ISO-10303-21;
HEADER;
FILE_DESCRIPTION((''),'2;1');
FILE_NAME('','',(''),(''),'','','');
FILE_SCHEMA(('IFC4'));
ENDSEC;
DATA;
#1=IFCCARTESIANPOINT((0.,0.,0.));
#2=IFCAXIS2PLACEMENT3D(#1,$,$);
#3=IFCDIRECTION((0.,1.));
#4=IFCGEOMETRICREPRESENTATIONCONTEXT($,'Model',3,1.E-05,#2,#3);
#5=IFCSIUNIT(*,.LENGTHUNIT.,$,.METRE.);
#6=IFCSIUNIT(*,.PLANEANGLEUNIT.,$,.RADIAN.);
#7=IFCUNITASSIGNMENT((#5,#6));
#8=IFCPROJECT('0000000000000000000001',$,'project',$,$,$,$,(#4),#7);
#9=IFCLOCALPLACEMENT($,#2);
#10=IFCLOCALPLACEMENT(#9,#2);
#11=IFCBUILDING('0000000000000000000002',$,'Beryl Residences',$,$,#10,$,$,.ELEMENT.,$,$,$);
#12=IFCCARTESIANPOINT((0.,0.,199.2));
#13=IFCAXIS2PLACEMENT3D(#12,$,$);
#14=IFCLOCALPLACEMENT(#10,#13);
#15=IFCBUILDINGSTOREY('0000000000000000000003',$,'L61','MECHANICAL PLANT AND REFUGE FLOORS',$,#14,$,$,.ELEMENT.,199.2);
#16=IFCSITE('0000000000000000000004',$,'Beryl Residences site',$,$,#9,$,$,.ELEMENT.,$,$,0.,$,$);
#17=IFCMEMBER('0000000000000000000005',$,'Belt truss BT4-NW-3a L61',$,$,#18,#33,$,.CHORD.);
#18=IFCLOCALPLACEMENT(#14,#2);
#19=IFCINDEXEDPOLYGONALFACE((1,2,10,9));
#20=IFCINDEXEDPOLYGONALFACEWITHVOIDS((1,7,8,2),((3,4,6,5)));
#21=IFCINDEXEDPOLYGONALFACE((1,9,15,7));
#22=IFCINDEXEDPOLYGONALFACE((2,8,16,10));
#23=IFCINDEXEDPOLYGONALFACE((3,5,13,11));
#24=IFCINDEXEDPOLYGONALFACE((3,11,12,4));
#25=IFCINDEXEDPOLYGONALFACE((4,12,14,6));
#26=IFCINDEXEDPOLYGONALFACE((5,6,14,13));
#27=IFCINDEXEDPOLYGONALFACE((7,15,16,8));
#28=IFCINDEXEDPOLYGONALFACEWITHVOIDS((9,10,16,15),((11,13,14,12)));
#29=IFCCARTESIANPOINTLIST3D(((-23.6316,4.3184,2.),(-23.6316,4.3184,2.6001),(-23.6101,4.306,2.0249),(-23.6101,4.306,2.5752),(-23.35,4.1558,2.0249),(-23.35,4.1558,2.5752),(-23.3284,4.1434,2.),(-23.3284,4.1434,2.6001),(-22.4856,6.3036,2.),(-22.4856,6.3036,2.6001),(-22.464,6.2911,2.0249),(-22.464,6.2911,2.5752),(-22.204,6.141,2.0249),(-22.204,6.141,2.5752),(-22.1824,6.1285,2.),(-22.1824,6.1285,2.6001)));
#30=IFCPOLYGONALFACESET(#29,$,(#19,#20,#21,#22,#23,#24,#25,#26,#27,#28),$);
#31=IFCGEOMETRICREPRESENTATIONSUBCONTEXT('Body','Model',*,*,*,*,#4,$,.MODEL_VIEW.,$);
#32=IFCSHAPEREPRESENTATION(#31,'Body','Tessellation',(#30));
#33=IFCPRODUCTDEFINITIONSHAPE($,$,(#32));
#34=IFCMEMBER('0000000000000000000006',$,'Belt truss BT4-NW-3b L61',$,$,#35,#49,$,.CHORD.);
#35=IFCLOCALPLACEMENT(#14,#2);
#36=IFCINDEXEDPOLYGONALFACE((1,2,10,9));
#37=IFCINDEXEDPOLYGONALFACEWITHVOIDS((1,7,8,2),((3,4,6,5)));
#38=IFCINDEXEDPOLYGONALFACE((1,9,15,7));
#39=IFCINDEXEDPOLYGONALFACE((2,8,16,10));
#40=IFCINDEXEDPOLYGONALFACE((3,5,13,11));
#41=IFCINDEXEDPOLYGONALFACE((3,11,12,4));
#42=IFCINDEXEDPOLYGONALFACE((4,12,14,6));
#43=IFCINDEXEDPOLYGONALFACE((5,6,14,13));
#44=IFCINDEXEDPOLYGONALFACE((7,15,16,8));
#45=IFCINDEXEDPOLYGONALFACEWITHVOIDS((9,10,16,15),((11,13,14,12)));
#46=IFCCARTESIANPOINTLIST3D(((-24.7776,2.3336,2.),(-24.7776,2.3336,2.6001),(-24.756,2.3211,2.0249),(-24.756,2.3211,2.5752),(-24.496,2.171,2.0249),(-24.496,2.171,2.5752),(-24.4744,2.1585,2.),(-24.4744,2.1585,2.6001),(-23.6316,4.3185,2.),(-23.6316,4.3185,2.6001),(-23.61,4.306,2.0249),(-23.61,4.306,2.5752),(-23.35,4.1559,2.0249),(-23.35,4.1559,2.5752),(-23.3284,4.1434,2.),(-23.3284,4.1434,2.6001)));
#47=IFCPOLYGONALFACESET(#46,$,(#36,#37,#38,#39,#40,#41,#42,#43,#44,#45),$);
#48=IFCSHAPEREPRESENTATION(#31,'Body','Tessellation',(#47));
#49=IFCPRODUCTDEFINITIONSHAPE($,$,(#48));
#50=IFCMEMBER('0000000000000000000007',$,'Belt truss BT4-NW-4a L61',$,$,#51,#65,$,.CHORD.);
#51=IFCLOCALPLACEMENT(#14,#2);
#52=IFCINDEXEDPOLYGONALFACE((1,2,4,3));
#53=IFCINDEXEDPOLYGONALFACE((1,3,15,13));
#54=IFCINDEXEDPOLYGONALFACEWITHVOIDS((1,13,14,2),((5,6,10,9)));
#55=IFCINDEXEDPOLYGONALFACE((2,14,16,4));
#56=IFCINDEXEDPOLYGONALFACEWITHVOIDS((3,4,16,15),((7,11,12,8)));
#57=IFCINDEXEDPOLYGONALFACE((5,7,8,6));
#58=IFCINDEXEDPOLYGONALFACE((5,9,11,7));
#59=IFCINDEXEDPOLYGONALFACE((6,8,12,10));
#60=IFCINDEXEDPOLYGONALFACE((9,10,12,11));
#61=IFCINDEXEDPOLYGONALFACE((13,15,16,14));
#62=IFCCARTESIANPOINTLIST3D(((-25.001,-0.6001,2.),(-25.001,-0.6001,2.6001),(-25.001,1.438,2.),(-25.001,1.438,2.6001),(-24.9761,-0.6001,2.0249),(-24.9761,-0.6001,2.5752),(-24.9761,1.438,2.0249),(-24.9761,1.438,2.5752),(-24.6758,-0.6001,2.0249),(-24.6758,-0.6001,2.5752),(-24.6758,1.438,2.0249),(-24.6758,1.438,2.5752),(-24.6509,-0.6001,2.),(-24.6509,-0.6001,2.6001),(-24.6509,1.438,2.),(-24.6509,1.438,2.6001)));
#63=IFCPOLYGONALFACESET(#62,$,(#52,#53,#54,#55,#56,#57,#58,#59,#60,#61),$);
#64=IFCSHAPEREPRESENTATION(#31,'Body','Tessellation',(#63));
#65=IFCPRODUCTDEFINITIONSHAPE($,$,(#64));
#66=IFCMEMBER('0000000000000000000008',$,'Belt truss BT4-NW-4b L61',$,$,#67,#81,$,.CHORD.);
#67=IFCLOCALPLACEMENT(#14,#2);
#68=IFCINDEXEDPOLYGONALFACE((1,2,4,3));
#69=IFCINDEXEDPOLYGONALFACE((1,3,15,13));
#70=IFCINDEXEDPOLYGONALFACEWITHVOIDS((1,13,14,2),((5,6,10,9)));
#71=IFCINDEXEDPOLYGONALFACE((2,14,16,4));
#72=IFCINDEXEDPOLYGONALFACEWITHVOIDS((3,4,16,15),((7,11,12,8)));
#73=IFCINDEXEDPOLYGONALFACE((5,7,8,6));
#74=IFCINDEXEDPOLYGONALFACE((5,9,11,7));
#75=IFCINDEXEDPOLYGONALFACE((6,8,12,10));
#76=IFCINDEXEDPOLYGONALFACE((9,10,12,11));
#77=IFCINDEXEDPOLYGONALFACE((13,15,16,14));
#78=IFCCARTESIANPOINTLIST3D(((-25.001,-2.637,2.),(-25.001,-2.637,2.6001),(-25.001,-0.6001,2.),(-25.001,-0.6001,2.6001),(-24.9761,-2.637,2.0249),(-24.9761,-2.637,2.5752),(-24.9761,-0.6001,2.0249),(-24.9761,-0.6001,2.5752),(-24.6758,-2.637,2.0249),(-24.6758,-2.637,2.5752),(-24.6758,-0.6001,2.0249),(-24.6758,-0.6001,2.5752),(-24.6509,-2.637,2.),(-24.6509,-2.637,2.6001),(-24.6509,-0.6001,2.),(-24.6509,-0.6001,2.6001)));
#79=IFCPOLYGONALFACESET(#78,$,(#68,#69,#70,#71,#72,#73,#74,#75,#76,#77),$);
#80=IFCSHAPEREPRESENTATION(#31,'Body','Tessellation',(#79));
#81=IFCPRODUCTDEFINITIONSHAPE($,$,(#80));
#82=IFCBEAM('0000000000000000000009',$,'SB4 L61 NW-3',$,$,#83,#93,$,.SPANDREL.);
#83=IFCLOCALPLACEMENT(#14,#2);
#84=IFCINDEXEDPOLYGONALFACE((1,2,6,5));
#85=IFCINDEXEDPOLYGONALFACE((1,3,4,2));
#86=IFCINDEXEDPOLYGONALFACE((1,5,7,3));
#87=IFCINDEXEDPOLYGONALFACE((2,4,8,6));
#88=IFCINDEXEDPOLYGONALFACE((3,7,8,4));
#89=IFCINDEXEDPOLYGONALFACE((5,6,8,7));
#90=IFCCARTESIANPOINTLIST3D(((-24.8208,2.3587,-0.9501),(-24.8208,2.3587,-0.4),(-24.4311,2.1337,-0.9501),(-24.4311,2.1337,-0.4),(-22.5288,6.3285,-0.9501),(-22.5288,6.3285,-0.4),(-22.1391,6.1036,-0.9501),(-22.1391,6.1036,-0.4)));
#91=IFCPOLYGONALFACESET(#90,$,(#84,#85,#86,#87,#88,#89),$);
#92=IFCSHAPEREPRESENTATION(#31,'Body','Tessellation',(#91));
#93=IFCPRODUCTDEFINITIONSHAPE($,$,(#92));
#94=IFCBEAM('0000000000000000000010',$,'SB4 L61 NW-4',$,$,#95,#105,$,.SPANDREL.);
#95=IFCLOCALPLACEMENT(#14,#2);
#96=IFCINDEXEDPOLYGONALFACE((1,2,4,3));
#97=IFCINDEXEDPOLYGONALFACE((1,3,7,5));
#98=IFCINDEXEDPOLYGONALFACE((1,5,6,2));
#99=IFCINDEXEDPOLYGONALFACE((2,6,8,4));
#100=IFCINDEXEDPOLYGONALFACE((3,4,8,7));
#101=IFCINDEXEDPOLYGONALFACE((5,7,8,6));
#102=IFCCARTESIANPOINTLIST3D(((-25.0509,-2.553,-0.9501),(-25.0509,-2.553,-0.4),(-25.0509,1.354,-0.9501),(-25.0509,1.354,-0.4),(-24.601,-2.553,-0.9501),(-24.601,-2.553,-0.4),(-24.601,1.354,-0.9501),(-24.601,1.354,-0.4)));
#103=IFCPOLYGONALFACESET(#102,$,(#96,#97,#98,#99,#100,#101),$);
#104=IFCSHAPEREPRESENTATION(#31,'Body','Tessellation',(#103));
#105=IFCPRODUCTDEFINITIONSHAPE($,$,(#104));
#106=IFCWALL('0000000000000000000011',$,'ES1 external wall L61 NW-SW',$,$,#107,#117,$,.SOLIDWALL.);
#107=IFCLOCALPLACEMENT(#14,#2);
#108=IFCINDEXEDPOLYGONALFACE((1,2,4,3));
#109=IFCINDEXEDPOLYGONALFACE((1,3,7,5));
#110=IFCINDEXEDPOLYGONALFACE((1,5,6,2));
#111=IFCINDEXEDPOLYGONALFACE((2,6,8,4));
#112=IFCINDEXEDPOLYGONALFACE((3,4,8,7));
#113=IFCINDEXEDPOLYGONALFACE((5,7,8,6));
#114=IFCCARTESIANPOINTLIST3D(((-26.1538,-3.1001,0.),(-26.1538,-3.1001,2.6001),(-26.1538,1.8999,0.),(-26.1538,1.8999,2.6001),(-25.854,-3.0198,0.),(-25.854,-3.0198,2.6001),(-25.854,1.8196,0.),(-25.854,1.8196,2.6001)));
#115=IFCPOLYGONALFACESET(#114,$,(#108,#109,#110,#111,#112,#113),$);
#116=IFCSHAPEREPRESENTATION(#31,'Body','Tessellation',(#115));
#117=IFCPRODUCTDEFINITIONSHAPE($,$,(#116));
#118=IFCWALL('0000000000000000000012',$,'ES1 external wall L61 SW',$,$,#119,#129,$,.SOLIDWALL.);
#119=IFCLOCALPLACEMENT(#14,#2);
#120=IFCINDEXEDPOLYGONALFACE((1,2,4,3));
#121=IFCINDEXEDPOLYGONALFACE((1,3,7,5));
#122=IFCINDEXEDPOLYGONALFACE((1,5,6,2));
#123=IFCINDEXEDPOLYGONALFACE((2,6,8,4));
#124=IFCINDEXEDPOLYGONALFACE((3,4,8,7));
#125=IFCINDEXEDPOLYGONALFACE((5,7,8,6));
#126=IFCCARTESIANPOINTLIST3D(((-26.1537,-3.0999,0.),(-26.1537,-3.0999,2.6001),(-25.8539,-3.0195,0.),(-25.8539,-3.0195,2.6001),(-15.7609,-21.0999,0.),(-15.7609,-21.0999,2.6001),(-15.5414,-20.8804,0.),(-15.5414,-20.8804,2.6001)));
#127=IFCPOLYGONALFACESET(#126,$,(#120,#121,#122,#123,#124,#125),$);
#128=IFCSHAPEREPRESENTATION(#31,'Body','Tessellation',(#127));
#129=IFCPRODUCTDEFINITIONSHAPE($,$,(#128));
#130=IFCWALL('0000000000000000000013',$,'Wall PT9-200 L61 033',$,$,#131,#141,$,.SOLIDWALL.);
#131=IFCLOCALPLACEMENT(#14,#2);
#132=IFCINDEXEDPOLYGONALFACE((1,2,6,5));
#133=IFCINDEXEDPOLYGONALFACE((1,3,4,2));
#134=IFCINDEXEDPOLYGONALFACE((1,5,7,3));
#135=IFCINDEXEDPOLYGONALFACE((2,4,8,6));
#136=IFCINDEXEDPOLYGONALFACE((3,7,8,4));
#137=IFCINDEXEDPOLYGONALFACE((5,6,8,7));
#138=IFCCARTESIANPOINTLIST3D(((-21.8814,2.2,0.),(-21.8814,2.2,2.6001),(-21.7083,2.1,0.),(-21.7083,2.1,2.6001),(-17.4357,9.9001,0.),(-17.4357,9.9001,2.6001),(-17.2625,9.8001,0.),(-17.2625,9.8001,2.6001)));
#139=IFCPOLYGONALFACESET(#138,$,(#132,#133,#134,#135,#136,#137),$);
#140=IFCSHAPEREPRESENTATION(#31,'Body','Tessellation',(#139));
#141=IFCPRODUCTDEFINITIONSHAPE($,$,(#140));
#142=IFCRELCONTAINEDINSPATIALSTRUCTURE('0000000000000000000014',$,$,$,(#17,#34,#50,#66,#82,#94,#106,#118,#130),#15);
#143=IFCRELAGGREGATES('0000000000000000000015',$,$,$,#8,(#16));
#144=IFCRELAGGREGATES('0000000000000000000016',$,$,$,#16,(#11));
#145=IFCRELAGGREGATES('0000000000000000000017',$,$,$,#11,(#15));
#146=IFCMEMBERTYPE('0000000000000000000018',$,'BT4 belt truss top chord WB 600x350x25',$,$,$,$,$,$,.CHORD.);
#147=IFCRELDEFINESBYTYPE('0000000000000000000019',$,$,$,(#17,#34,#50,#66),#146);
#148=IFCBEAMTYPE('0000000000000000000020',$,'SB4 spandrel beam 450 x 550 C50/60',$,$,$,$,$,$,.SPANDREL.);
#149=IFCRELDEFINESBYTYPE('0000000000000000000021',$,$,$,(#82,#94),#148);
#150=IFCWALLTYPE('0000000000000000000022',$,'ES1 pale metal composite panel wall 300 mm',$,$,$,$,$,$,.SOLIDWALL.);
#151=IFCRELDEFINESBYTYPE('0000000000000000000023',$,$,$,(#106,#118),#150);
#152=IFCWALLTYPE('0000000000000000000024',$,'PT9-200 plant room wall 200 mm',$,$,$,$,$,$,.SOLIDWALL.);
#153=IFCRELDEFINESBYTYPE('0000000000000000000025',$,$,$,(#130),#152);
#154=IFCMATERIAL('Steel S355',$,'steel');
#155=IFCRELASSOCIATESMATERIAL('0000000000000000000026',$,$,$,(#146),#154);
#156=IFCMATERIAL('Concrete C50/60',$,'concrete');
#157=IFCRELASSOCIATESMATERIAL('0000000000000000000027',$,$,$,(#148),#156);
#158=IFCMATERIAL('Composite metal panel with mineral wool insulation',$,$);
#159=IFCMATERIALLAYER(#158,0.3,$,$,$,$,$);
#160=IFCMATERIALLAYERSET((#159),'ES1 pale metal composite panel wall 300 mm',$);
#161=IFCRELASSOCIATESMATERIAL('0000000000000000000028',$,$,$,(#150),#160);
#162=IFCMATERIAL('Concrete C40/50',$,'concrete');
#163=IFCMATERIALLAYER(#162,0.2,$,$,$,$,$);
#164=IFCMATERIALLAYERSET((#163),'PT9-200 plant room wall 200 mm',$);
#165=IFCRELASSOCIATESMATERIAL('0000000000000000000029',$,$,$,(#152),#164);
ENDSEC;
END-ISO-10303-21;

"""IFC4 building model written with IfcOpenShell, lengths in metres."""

from ifc_helpers import new_model, si_unit, direction, frame, frame_2d, origin, origin_2d, place, context, subcontext, project, spatial, polyline, rectangle, hollow_rectangle, outline, extrude, material, layer, layer_set, material_profile, profile_set, type_object, element, save


model = new_model("IFC4")

# Units and contexts
model_context = context("Model", 3, precision=1e-05, world=origin(), true_north=direction((0.0, 1.0)))
body_context = subcontext(model_context, "Body", "Model", "MODEL_VIEW")
ifc_project = project(units=[si_unit("LENGTHUNIT", "METRE"), si_unit("PLANEANGLEUNIT", "RADIAN")], contexts=[model_context])

# Site, building, storey
site_placement = place(None, origin())
site = spatial("IfcSite", under=ifc_project, at=site_placement, Name="Beryl Residences site", CompositionType="ELEMENT", RefElevation=0.0)
building_placement = place(site_placement, origin())
building = spatial("IfcBuilding", under=site, at=building_placement, Name="Beryl Residences", CompositionType="ELEMENT")
storey_placement = place(building_placement, frame((0.0, 0.0, 199.2)))
storey = spatial("IfcBuildingStorey", under=building, at=storey_placement, Name="L61", Description="MECHANICAL PLANT AND REFUGE FLOORS", CompositionType="ELEMENT", Elevation=199.2)

# Members
ifc_material_1 = material(Name="Steel S355", Category="steel")
ifc_material_profile_1 = material_profile(ifc_material_1, hollow_rectangle(XDim=0.3501, YDim=0.6001, WallThickness=0.0249, at=origin_2d()))
ifc_profile_set_1 = profile_set([ifc_material_profile_1], Name="Steel S355")
member_type_1 = type_object("IfcMemberType", Name="BT4 belt truss top chord WB 600x350x25", PredefinedType="CHORD", material=ifc_profile_set_1)
member_1_placement = place(storey_placement, frame((-22.334, 6.2161, 2.3), z_axis=(-0.499965, -0.866045, 0.0), x_axis=(0.866045, -0.499965, 0.0)))
element("IfcMember", 1, at=member_1_placement, inside=storey, type_object=member_type_1, Name="Belt truss BT4-NW-3a L61", PredefinedType="CHORD", context=body_context, shape_type="SweptSolid", body=[
    extrude(hollow_rectangle(XDim=0.3501, YDim=0.6001, WallThickness=0.0249, at=origin_2d()), origin(), (0.0, 0.0, 1.0), 2.2922),
])
member_2_placement = place(storey_placement, frame((-23.48, 4.231, 2.3), z_axis=(-0.500011, -0.866019, 0.0), x_axis=(0.866019, -0.500011, 0.0)))
element("IfcMember", 2, at=member_2_placement, inside=storey, type_object=member_type_1, Name="Belt truss BT4-NW-3b L61", PredefinedType="CHORD", context=body_context, shape_type="SweptSolid", body=[
    extrude(hollow_rectangle(XDim=0.3501, YDim=0.6001, WallThickness=0.0249, at=origin_2d()), origin(), (0.0, 0.0, 1.0), 2.292),
])
member_3_placement = place(storey_placement, frame((-24.8259, 1.438, 2.3), z_axis=(0.0, -1.0, 0.0), x_axis=(1.0, 0.0, 0.0)))
element("IfcMember", 3, at=member_3_placement, inside=storey, type_object=member_type_1, Name="Belt truss BT4-NW-4a L61", PredefinedType="CHORD", context=body_context, shape_type="SweptSolid", body=[
    extrude(hollow_rectangle(XDim=0.3501, YDim=0.6001, WallThickness=0.0249, at=origin_2d()), origin(), (0.0, 0.0, 1.0), 2.0381),
])
member_4_placement = place(storey_placement, frame((-24.8259, -0.6001, 2.3), z_axis=(0.0, -1.0, 0.0), x_axis=(1.0, 0.0, 0.0)))
element("IfcMember", 4, at=member_4_placement, inside=storey, type_object=member_type_1, Name="Belt truss BT4-NW-4b L61", PredefinedType="CHORD", context=body_context, shape_type="SweptSolid", body=[
    extrude(hollow_rectangle(XDim=0.3501, YDim=0.6001, WallThickness=0.0249, at=origin_2d()), origin(), (0.0, 0.0, 1.0), 2.0369),
])

# Beams
ifc_material_2 = material(Name="Concrete C50/60", Category="concrete")
ifc_material_profile_2 = material_profile(ifc_material_2, rectangle(XDim=0.45, YDim=0.55, at=origin_2d()))
ifc_profile_set_2 = profile_set([ifc_material_profile_2], Name="Concrete C50/60")
beam_type = type_object("IfcBeamType", Name="SB4 spandrel beam 450 x 550 C50/60", PredefinedType="SPANDREL", material=ifc_profile_set_2)
beam_1_placement = place(storey_placement, frame((-22.334, 6.2161, -0.675), z_axis=(-0.499988, -0.866032, 0.0), x_axis=(0.866032, -0.499988, 0.0)))
element("IfcBeam", 5, at=beam_1_placement, inside=storey, type_object=beam_type, Name="SB4 L61 NW-3", PredefinedType="SPANDREL", context=body_context, shape_type="SweptSolid", body=[
    extrude(rectangle(XDim=0.45, YDim=0.55, at=origin_2d()), origin(), (0.0, 0.0, 1.0), 4.584),
])
beam_2_placement = place(storey_placement, frame((-24.8259, 1.354, -0.675), z_axis=(0.0, -1.0, 0.0), x_axis=(1.0, 0.0, 0.0)))
element("IfcBeam", 6, at=beam_2_placement, inside=storey, type_object=beam_type, Name="SB4 L61 NW-4", PredefinedType="SPANDREL", context=body_context, shape_type="SweptSolid", body=[
    extrude(rectangle(XDim=0.45, YDim=0.55, at=origin_2d()), origin(), (0.0, 0.0, 1.0), 3.907),
])

# Walls
ifc_material_3 = material(Name="Composite metal panel with mineral wool insulation")
ifc_layer_1 = layer(ifc_material_3, 0.3)
ifc_layer_set_1 = layer_set([ifc_layer_1], Name="ES1 pale metal composite panel wall 300 mm")
wall_type_1 = type_object("IfcWallType", Name="ES1 pale metal composite panel wall 300 mm", PredefinedType="SOLIDWALL", material=ifc_layer_set_1)
wall_1_placement = place(storey_placement, frame((-26.0039, 1.8999, 0.0), z_axis=(0.0, 0.0, 1.0), x_axis=(0.0, -1.0, 0.0)))
element("IfcWall", 7, at=wall_1_placement, inside=storey, type_object=wall_type_1, Name="ES1 external wall L61 NW-SW", PredefinedType="SOLIDWALL", context=body_context, shape_type="SweptSolid", body=[
    extrude(outline(polyline([(0.0, -0.1499), (5.0, -0.1499), (4.9197, 0.1499), (0.0803, 0.1499), (0.0, -0.1499)])), origin(), (0.0, 0.0, 1.0), 2.6001),
])
wall_2_placement = place(storey_placement, frame((-26.0239, -3.0249, 0.0), z_axis=(0.0, 0.0, 1.0), x_axis=(0.500019, -0.866015, 0.0)))
element("IfcWall", 8, at=wall_2_placement, inside=storey, type_object=wall_type_1, Name="ES1 external wall L61 SW", PredefinedType="SOLIDWALL", context=body_context, shape_type="SweptSolid", body=[
    extrude(outline(polyline([(0.0, -0.1499), (20.7849, -0.1499), (20.7046, 0.1499), (0.0803, 0.1499), (0.0, -0.1499)])), origin(), (0.0, 0.0, 1.0), 2.6001),
])
ifc_material_4 = material(Name="Concrete C40/50", Category="concrete")
ifc_layer_2 = layer(ifc_material_4, 0.2)
ifc_layer_set_2 = layer_set([ifc_layer_2], Name="PT9-200 plant room wall 200 mm")
wall_type_2 = type_object("IfcWallType", Name="PT9-200 plant room wall 200 mm", PredefinedType="SOLIDWALL", material=ifc_layer_set_2)
wall_3_placement = place(storey_placement, frame((-21.7949, 2.1499, 0.0), z_axis=(0.0, 0.0, 1.0), x_axis=(0.500008, 0.866021, 0.0)))
element("IfcWall", 9, at=wall_3_placement, inside=storey, type_object=wall_type_2, Name="Wall PT9-200 L61 033", PredefinedType="SOLIDWALL", context=body_context, shape_type="SweptSolid", body=[
    extrude(rectangle(XDim=8.8914, YDim=0.2, at=frame_2d((4.4458, 0.0))), origin(), (0.0, 0.0, 1.0), 2.6001),
])

save(model, "model.ifc")
